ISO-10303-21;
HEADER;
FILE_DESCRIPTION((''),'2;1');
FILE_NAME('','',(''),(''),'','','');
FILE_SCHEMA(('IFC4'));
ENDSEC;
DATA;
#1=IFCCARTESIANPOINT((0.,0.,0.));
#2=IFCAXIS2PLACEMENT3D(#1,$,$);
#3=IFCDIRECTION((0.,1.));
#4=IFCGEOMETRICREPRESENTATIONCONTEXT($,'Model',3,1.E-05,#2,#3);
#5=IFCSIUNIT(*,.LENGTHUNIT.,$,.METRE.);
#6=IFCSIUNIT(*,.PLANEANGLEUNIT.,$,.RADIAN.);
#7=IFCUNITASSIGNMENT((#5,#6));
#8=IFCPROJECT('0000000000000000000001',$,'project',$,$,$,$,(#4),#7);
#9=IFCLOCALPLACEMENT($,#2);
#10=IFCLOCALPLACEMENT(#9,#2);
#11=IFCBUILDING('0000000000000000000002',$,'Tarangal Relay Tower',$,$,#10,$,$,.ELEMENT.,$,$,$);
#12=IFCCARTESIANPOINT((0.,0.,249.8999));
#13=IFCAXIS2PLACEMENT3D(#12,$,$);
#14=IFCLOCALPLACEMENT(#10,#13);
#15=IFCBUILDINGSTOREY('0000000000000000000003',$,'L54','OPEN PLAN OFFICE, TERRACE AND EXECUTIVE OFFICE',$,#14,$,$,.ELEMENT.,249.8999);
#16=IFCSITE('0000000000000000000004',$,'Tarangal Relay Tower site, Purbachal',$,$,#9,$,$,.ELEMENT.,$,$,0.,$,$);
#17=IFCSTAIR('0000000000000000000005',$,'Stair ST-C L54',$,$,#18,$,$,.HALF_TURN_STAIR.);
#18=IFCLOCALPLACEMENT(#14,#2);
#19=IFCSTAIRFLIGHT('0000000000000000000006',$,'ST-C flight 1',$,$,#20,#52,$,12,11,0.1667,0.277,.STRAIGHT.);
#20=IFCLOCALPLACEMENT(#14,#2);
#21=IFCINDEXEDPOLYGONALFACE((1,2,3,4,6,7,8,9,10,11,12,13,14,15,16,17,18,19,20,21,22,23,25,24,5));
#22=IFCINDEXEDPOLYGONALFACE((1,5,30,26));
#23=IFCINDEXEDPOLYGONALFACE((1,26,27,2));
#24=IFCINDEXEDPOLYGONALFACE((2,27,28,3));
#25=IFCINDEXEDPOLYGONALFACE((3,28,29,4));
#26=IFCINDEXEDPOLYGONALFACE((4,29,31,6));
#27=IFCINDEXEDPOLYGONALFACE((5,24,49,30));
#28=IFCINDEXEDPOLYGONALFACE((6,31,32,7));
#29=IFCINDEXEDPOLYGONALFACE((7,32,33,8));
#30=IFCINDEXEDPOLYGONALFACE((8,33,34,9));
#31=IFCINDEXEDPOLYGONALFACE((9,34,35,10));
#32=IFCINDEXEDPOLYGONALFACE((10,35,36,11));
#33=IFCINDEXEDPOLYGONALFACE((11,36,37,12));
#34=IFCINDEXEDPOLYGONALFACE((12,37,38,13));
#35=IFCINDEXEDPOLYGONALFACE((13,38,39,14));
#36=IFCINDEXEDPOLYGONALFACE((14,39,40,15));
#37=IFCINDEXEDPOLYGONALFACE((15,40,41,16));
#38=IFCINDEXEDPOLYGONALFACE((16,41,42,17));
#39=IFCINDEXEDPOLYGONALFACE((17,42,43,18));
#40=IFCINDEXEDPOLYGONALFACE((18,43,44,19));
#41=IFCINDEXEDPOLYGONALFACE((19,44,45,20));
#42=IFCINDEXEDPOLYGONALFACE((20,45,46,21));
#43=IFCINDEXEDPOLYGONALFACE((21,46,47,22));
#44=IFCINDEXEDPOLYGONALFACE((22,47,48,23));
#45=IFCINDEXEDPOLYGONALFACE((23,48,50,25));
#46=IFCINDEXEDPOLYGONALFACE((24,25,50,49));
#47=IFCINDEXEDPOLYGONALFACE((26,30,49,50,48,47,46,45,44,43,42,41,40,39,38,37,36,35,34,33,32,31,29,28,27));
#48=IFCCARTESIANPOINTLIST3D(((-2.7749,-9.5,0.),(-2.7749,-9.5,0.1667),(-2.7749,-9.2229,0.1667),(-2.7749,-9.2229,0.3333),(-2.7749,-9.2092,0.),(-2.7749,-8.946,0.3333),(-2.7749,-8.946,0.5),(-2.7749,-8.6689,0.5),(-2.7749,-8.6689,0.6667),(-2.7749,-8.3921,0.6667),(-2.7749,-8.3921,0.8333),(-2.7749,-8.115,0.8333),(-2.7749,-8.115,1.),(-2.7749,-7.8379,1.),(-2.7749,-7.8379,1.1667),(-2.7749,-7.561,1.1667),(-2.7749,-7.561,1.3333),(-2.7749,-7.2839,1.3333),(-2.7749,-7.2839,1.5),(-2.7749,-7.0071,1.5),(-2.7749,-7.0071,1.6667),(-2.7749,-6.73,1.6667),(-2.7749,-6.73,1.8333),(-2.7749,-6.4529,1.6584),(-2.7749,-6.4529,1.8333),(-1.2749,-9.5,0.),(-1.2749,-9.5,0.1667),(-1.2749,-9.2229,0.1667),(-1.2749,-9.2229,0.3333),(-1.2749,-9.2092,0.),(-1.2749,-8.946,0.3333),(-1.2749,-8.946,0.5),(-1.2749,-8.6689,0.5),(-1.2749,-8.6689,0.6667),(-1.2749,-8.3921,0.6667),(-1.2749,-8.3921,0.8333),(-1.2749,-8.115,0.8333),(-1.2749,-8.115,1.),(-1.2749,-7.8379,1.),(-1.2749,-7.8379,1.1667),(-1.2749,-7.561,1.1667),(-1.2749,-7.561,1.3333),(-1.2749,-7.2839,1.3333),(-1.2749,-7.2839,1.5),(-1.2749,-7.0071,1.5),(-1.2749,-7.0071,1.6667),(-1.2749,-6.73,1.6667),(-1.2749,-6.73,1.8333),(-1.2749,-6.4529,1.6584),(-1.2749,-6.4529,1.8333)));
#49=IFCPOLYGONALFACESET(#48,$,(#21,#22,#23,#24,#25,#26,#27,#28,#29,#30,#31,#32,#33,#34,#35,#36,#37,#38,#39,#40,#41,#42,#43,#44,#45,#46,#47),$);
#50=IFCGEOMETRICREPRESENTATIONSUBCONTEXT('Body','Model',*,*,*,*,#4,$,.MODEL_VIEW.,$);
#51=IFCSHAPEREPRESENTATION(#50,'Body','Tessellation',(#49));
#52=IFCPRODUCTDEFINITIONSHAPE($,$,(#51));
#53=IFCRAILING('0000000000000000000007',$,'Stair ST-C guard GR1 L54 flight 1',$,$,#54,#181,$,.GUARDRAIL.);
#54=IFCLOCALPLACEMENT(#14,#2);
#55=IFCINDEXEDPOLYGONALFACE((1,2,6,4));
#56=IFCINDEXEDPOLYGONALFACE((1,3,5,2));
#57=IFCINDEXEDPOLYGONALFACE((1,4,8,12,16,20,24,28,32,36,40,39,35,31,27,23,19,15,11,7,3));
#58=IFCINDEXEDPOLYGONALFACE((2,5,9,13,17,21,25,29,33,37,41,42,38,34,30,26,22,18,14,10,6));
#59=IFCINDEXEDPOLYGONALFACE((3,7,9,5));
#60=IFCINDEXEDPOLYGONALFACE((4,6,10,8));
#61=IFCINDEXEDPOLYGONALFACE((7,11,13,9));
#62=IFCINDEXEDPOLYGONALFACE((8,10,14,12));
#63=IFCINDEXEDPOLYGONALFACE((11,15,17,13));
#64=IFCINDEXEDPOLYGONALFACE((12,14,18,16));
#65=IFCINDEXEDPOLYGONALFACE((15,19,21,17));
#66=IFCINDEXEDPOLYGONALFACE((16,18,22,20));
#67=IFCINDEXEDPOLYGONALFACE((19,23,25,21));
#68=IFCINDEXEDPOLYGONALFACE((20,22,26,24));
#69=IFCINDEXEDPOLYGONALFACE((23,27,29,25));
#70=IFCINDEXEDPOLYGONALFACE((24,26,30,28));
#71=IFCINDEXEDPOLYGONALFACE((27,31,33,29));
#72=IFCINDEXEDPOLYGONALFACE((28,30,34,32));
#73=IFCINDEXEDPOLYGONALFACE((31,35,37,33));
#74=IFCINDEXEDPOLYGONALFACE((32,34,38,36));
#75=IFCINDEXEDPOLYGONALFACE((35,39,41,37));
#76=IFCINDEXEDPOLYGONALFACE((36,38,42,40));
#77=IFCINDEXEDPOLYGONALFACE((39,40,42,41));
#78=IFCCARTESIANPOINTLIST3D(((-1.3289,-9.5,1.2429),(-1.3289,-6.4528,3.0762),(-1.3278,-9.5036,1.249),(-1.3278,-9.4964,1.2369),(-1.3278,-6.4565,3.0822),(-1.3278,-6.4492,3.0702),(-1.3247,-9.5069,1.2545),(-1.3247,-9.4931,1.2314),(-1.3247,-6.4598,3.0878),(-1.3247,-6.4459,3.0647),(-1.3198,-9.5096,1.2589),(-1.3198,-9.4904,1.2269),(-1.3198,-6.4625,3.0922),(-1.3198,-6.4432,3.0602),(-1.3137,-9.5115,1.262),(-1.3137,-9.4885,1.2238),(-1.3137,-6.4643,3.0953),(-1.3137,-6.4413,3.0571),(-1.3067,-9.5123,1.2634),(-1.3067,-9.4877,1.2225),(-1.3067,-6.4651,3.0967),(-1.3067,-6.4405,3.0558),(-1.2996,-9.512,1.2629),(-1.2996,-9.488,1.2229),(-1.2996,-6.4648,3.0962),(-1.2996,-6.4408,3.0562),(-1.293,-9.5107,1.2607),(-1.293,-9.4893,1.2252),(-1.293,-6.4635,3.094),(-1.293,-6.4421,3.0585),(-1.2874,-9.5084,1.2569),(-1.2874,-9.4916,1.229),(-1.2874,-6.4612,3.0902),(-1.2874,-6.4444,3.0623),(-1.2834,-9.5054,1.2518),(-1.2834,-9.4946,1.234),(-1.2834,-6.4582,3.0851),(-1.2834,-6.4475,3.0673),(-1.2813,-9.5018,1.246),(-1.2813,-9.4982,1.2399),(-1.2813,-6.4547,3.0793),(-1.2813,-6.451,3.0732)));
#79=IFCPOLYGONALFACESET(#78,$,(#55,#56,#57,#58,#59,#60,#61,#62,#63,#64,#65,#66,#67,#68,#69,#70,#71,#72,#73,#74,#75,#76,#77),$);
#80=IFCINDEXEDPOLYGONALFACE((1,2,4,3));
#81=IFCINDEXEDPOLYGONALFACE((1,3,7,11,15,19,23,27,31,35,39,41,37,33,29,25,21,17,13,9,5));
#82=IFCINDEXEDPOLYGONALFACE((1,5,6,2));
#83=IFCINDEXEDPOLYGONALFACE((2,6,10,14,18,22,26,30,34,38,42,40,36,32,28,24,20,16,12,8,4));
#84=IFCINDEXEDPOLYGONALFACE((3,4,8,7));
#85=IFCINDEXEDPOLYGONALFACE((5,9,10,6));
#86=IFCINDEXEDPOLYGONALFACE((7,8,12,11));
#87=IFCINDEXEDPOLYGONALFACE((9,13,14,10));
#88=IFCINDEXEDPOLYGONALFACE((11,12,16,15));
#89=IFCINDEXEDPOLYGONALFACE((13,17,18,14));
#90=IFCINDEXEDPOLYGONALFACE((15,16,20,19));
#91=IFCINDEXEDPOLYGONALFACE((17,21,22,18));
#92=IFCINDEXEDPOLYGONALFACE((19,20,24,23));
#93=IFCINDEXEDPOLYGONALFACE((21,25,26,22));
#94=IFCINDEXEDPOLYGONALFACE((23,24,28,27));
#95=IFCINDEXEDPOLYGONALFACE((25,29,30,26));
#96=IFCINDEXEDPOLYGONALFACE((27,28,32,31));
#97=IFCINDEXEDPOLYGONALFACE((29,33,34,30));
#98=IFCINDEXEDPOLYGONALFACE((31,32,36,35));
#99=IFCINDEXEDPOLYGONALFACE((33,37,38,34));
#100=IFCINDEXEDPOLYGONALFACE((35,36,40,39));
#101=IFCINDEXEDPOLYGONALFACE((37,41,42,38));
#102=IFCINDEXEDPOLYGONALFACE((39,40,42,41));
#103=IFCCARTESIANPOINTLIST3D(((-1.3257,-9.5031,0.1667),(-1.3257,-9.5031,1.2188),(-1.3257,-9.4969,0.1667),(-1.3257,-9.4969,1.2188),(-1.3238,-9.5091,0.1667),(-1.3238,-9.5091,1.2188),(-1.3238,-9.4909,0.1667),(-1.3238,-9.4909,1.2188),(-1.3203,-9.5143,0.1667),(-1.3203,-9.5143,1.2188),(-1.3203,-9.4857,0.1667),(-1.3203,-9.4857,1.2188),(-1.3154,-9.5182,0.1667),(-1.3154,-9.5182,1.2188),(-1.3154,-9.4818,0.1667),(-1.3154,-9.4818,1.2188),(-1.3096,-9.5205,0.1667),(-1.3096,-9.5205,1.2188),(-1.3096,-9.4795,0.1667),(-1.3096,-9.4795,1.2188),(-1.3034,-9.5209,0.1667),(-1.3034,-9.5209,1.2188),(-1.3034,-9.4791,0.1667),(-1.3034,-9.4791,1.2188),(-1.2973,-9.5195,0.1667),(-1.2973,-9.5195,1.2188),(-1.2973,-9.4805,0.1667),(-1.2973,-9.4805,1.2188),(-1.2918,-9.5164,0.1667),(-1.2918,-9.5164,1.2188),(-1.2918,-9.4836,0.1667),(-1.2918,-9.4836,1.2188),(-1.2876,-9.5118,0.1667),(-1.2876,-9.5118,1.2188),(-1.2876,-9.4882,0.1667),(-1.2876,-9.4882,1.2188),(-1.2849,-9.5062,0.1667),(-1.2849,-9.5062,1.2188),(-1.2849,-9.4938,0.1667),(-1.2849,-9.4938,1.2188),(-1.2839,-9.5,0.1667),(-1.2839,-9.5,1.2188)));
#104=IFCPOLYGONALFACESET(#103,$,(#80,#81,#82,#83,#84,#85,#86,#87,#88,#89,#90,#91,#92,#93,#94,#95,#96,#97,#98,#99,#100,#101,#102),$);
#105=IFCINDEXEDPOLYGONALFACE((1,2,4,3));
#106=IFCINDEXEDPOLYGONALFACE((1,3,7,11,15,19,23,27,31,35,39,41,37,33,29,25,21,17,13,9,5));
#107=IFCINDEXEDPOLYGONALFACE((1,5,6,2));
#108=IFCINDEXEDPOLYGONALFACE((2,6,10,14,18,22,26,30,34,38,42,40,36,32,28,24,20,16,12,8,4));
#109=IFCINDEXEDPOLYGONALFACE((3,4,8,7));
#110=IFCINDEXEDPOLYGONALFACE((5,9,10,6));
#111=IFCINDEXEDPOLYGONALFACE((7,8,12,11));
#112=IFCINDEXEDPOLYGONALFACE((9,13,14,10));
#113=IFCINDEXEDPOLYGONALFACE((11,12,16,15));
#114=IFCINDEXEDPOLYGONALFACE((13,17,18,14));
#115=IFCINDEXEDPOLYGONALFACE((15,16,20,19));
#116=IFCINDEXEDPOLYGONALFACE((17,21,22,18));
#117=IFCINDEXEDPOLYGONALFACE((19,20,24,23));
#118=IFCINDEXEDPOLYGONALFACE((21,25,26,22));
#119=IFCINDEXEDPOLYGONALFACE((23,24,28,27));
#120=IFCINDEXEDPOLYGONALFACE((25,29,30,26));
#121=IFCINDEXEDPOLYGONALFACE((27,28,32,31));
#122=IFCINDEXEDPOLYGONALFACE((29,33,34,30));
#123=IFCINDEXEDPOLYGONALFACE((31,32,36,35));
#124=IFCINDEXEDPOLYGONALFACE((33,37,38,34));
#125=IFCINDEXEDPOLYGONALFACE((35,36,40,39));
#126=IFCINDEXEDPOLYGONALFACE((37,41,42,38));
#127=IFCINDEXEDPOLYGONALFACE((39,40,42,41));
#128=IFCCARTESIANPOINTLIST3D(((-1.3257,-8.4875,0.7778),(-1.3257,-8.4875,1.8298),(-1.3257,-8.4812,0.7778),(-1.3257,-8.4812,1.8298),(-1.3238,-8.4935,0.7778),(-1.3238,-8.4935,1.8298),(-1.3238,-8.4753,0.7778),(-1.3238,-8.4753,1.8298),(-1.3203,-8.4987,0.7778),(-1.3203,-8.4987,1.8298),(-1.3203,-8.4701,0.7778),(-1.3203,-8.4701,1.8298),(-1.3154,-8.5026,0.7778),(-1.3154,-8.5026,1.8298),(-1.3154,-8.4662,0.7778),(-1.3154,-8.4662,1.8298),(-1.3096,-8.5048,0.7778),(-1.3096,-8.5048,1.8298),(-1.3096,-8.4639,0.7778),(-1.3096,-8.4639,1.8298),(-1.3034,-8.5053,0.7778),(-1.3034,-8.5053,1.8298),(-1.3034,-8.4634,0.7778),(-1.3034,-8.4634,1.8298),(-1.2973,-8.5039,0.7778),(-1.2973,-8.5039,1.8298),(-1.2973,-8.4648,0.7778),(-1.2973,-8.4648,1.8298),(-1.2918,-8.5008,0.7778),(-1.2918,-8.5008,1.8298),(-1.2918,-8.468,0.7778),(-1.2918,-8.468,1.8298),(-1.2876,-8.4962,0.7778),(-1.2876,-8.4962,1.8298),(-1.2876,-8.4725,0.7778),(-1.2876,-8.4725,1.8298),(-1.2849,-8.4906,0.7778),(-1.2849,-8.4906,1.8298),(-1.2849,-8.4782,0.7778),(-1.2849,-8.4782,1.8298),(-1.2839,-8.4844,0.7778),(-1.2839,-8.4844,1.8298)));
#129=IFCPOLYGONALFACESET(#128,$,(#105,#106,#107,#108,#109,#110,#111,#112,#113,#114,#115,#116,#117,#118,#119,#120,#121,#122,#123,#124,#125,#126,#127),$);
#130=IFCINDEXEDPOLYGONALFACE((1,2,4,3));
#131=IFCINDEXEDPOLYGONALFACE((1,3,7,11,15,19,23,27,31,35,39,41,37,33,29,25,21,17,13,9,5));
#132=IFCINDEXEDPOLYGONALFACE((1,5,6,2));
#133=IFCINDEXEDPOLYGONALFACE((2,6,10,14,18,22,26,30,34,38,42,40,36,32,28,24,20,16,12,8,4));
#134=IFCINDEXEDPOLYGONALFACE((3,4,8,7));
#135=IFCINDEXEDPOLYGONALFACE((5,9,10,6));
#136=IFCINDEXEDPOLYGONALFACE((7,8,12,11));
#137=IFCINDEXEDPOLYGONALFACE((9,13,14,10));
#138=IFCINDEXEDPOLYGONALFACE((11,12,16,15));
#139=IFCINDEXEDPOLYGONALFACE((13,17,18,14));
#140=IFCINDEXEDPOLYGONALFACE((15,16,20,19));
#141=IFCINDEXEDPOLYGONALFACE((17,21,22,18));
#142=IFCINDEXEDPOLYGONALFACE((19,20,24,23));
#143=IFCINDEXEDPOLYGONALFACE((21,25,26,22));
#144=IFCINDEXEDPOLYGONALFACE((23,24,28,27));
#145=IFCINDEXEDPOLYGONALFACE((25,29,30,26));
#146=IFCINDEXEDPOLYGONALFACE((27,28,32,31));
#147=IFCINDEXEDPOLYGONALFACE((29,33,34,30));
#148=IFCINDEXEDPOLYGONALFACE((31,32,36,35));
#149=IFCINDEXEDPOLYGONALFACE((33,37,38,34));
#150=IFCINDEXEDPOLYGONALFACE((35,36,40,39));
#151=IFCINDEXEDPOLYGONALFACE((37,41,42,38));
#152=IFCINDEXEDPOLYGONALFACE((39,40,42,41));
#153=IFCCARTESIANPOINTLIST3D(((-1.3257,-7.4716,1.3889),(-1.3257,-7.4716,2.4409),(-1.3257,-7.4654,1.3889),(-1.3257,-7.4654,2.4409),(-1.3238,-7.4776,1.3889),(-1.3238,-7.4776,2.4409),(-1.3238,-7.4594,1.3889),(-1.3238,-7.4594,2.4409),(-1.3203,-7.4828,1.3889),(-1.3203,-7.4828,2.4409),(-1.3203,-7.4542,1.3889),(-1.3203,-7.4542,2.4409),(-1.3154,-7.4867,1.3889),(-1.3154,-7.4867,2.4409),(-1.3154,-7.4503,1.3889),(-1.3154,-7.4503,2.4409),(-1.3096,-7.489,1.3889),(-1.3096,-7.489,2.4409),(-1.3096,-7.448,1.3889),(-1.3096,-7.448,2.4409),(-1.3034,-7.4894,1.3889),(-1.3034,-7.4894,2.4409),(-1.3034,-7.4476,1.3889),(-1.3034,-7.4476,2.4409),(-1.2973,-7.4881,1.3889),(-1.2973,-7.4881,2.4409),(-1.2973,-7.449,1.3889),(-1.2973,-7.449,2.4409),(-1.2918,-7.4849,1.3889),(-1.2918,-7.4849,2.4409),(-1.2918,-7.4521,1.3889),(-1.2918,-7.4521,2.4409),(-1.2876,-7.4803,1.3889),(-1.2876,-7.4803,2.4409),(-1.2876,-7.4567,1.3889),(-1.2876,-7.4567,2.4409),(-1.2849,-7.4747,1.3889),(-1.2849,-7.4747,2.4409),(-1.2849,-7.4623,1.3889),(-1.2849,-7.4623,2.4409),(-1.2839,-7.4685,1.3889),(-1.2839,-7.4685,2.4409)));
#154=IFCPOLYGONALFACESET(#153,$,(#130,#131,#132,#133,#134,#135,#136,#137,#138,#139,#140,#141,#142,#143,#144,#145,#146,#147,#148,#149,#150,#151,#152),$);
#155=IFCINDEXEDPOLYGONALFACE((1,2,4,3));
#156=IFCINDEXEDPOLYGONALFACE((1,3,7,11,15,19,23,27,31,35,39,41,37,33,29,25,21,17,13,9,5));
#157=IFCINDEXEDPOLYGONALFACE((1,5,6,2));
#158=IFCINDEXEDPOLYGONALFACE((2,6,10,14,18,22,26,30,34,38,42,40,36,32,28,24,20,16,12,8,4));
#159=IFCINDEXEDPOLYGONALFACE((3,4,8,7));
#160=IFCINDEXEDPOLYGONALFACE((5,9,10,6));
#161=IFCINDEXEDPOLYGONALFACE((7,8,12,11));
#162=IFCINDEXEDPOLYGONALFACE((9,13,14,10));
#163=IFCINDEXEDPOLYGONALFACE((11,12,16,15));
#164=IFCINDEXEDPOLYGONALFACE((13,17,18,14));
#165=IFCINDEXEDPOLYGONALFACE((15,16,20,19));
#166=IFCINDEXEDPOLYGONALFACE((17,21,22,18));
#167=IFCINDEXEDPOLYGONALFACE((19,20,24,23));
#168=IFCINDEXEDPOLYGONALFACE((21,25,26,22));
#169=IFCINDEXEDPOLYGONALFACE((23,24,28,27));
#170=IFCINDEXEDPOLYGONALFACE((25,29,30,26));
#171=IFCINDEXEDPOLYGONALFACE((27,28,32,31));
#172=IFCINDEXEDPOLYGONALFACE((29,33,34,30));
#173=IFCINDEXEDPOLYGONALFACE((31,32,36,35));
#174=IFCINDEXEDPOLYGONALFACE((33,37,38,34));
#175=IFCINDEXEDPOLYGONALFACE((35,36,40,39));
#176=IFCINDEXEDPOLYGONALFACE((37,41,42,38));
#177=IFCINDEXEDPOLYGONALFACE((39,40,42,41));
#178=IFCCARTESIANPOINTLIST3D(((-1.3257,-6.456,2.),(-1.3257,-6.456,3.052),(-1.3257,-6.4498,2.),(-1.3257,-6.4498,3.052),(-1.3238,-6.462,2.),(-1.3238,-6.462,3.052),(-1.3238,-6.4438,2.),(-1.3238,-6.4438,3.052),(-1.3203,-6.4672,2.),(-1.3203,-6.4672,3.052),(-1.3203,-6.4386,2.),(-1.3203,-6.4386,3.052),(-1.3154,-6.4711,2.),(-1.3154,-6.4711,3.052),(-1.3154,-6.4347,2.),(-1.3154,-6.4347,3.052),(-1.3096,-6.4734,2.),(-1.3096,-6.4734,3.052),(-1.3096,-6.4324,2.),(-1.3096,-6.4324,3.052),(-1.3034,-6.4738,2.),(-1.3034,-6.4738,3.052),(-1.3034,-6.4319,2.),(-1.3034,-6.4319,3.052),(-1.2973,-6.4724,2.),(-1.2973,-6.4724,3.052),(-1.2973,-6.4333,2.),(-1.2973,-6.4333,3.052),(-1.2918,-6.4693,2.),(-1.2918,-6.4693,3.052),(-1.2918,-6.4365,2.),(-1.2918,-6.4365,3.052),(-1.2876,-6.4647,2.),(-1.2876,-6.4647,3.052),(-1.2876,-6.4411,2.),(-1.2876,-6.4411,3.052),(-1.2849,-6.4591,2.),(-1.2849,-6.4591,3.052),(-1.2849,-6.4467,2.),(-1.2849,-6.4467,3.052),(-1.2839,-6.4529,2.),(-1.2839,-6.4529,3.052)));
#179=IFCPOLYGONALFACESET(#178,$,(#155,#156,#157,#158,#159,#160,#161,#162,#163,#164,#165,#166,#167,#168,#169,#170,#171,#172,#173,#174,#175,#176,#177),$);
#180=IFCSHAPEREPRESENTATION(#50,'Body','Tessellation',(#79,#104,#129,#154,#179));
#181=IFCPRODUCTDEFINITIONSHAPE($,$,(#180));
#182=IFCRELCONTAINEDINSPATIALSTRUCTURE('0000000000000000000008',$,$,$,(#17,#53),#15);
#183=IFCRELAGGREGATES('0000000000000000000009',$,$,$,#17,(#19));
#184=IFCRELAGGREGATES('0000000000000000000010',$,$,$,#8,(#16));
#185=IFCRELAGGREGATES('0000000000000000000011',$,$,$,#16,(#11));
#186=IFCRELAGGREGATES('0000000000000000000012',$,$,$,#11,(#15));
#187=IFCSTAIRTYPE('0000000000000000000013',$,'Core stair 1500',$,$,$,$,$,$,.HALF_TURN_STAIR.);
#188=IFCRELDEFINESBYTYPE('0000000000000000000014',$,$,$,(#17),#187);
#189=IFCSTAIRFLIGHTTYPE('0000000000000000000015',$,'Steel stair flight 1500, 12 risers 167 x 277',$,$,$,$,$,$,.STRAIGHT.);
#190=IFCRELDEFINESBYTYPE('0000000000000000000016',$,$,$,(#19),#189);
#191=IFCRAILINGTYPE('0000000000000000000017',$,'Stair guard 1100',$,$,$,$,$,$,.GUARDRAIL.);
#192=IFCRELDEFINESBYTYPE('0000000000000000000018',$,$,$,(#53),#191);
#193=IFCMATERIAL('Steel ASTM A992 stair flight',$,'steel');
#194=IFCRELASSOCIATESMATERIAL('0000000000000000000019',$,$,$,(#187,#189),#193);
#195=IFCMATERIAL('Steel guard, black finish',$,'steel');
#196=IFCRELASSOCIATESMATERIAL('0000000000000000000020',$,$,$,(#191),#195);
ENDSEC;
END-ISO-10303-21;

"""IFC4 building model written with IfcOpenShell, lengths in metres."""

from ifc_helpers import new_model, si_unit, direction, frame, origin, origin_2d, place, context, subcontext, project, spatial, polyline, circle, outline, extrude, material, type_object, element, aggregate, save


model = new_model("IFC4")

# Units and contexts
model_context = context("Model", 3, precision=1e-05, world=origin(), true_north=direction((0.0, 1.0)))
body_context = subcontext(model_context, "Body", "Model", "MODEL_VIEW")
ifc_project = project(units=[si_unit("LENGTHUNIT", "METRE"), si_unit("PLANEANGLEUNIT", "RADIAN")], contexts=[model_context])

# Site, building, storey
site_placement = place(None, origin())
site = spatial("IfcSite", under=ifc_project, at=site_placement, Name="Tarangal Relay Tower site, Purbachal", CompositionType="ELEMENT", RefElevation=0.0)
building_placement = place(site_placement, origin())
building = spatial("IfcBuilding", under=site, at=building_placement, Name="Tarangal Relay Tower", CompositionType="ELEMENT")
storey_placement = place(building_placement, frame((0.0, 0.0, 249.8999)))
storey = spatial("IfcBuildingStorey", under=building, at=storey_placement, Name="L54", Description="OPEN PLAN OFFICE, TERRACE AND EXECUTIVE OFFICE", CompositionType="ELEMENT", Elevation=249.8999)

# Stair, stair flight
ifc_material_1 = material(Name="Steel ASTM A992 stair flight", Category="steel")
stair_type = type_object("IfcStairType", Name="Core stair 1500", PredefinedType="HALF_TURN_STAIR", material=ifc_material_1)
stair_placement = place(storey_placement, origin())
stair = element("IfcStair", 1, at=stair_placement, inside=storey, type_object=stair_type, Name="Stair ST-C L54", PredefinedType="HALF_TURN_STAIR")
stair_flight_type = type_object("IfcStairFlightType", Name="Steel stair flight 1500, 12 risers 167 x 277", PredefinedType="STRAIGHT", material=ifc_material_1)
stair_flight_placement = place(storey_placement, frame((-2.0249, -9.5, 0.0), z_axis=(0.0, 0.0, 1.0), x_axis=(0.0, 1.0, 0.0)))
stair_flight = element("IfcStairFlight", 2, at=stair_flight_placement, type_object=stair_flight_type, Name="ST-C flight 1", NumberOfRisers=12, NumberOfTreads=11, PredefinedType="STRAIGHT", RiserHeight=0.1667, TreadLength=0.277, context=body_context, shape_type="SweptSolid", body=[
    extrude(outline(polyline([(0.0, 0.0), (0.0, 0.1667), (0.2771, 0.1667), (0.2771, 0.3333), (0.554, 0.3333), (0.554, 0.5), (0.8311, 0.5), (0.8311, 0.6667), (1.1079, 0.6667), (1.1079, 0.8333), (1.385, 0.8333), (1.385, 1.0), (1.6621, 1.0), (1.6621, 1.1667), (1.939, 1.1667), (1.939, 1.3333), (2.2161, 1.3333), (2.2161, 1.5), (2.4929, 1.5), (2.4929, 1.6667), (2.77, 1.6667), (2.77, 1.8333), (3.0471, 1.8333), (3.0471, 2.0), (3.0471, 1.6584), (0.2908, 0.0), (0.0, 0.0)])), frame((0.0, 0.75, 0.0), z_axis=(0.0, -1.0, 0.0), x_axis=(1.0, 0.0, 0.0)), (0.0, 0.0, 1.0), 1.5),
])
aggregate(stair, [stair_flight])

# Railing
ifc_material_2 = material(Name="Steel guard, black finish", Category="steel")
railing_type_1 = type_object("IfcRailingType", Name="Stair guard 1100", PredefinedType="GUARDRAIL", material=ifc_material_2)
railing_1_placement = place(storey_placement, frame((-1.3049, -9.5, 0.1667)))
element("IfcRailing", 3, at=railing_1_placement, inside=storey, type_object=railing_type_1, Name="Stair ST-C guard GR1 L54 flight 1", PredefinedType="GUARDRAIL", context=body_context, shape_type="SweptSolid", body=[
    extrude(circle(Radius=0.0239, at=origin_2d()), frame((0.0, 0.0, 1.0762), z_axis=(0.0, 0.856874, 0.515525), x_axis=(-1.0, 0.0, 0.0)), (0.0, 0.0, 1.0), 3.5562),
    extrude(circle(Radius=0.021, at=origin_2d()), origin(), (0.0, 0.0, 1.0), 1.052),
    extrude(circle(Radius=0.021, at=origin_2d()), frame((0.0, 1.0156, 0.6111)), (0.0, 0.0, 1.0), 1.052),
    extrude(circle(Radius=0.021, at=origin_2d()), frame((0.0, 2.0315, 1.2222)), (0.0, 0.0, 1.0), 1.052),
    extrude(circle(Radius=0.021, at=origin_2d()), frame((0.0, 3.0471, 1.8333)), (0.0, 0.0, 1.0), 1.052),
])

save(model, "model.ifc")
